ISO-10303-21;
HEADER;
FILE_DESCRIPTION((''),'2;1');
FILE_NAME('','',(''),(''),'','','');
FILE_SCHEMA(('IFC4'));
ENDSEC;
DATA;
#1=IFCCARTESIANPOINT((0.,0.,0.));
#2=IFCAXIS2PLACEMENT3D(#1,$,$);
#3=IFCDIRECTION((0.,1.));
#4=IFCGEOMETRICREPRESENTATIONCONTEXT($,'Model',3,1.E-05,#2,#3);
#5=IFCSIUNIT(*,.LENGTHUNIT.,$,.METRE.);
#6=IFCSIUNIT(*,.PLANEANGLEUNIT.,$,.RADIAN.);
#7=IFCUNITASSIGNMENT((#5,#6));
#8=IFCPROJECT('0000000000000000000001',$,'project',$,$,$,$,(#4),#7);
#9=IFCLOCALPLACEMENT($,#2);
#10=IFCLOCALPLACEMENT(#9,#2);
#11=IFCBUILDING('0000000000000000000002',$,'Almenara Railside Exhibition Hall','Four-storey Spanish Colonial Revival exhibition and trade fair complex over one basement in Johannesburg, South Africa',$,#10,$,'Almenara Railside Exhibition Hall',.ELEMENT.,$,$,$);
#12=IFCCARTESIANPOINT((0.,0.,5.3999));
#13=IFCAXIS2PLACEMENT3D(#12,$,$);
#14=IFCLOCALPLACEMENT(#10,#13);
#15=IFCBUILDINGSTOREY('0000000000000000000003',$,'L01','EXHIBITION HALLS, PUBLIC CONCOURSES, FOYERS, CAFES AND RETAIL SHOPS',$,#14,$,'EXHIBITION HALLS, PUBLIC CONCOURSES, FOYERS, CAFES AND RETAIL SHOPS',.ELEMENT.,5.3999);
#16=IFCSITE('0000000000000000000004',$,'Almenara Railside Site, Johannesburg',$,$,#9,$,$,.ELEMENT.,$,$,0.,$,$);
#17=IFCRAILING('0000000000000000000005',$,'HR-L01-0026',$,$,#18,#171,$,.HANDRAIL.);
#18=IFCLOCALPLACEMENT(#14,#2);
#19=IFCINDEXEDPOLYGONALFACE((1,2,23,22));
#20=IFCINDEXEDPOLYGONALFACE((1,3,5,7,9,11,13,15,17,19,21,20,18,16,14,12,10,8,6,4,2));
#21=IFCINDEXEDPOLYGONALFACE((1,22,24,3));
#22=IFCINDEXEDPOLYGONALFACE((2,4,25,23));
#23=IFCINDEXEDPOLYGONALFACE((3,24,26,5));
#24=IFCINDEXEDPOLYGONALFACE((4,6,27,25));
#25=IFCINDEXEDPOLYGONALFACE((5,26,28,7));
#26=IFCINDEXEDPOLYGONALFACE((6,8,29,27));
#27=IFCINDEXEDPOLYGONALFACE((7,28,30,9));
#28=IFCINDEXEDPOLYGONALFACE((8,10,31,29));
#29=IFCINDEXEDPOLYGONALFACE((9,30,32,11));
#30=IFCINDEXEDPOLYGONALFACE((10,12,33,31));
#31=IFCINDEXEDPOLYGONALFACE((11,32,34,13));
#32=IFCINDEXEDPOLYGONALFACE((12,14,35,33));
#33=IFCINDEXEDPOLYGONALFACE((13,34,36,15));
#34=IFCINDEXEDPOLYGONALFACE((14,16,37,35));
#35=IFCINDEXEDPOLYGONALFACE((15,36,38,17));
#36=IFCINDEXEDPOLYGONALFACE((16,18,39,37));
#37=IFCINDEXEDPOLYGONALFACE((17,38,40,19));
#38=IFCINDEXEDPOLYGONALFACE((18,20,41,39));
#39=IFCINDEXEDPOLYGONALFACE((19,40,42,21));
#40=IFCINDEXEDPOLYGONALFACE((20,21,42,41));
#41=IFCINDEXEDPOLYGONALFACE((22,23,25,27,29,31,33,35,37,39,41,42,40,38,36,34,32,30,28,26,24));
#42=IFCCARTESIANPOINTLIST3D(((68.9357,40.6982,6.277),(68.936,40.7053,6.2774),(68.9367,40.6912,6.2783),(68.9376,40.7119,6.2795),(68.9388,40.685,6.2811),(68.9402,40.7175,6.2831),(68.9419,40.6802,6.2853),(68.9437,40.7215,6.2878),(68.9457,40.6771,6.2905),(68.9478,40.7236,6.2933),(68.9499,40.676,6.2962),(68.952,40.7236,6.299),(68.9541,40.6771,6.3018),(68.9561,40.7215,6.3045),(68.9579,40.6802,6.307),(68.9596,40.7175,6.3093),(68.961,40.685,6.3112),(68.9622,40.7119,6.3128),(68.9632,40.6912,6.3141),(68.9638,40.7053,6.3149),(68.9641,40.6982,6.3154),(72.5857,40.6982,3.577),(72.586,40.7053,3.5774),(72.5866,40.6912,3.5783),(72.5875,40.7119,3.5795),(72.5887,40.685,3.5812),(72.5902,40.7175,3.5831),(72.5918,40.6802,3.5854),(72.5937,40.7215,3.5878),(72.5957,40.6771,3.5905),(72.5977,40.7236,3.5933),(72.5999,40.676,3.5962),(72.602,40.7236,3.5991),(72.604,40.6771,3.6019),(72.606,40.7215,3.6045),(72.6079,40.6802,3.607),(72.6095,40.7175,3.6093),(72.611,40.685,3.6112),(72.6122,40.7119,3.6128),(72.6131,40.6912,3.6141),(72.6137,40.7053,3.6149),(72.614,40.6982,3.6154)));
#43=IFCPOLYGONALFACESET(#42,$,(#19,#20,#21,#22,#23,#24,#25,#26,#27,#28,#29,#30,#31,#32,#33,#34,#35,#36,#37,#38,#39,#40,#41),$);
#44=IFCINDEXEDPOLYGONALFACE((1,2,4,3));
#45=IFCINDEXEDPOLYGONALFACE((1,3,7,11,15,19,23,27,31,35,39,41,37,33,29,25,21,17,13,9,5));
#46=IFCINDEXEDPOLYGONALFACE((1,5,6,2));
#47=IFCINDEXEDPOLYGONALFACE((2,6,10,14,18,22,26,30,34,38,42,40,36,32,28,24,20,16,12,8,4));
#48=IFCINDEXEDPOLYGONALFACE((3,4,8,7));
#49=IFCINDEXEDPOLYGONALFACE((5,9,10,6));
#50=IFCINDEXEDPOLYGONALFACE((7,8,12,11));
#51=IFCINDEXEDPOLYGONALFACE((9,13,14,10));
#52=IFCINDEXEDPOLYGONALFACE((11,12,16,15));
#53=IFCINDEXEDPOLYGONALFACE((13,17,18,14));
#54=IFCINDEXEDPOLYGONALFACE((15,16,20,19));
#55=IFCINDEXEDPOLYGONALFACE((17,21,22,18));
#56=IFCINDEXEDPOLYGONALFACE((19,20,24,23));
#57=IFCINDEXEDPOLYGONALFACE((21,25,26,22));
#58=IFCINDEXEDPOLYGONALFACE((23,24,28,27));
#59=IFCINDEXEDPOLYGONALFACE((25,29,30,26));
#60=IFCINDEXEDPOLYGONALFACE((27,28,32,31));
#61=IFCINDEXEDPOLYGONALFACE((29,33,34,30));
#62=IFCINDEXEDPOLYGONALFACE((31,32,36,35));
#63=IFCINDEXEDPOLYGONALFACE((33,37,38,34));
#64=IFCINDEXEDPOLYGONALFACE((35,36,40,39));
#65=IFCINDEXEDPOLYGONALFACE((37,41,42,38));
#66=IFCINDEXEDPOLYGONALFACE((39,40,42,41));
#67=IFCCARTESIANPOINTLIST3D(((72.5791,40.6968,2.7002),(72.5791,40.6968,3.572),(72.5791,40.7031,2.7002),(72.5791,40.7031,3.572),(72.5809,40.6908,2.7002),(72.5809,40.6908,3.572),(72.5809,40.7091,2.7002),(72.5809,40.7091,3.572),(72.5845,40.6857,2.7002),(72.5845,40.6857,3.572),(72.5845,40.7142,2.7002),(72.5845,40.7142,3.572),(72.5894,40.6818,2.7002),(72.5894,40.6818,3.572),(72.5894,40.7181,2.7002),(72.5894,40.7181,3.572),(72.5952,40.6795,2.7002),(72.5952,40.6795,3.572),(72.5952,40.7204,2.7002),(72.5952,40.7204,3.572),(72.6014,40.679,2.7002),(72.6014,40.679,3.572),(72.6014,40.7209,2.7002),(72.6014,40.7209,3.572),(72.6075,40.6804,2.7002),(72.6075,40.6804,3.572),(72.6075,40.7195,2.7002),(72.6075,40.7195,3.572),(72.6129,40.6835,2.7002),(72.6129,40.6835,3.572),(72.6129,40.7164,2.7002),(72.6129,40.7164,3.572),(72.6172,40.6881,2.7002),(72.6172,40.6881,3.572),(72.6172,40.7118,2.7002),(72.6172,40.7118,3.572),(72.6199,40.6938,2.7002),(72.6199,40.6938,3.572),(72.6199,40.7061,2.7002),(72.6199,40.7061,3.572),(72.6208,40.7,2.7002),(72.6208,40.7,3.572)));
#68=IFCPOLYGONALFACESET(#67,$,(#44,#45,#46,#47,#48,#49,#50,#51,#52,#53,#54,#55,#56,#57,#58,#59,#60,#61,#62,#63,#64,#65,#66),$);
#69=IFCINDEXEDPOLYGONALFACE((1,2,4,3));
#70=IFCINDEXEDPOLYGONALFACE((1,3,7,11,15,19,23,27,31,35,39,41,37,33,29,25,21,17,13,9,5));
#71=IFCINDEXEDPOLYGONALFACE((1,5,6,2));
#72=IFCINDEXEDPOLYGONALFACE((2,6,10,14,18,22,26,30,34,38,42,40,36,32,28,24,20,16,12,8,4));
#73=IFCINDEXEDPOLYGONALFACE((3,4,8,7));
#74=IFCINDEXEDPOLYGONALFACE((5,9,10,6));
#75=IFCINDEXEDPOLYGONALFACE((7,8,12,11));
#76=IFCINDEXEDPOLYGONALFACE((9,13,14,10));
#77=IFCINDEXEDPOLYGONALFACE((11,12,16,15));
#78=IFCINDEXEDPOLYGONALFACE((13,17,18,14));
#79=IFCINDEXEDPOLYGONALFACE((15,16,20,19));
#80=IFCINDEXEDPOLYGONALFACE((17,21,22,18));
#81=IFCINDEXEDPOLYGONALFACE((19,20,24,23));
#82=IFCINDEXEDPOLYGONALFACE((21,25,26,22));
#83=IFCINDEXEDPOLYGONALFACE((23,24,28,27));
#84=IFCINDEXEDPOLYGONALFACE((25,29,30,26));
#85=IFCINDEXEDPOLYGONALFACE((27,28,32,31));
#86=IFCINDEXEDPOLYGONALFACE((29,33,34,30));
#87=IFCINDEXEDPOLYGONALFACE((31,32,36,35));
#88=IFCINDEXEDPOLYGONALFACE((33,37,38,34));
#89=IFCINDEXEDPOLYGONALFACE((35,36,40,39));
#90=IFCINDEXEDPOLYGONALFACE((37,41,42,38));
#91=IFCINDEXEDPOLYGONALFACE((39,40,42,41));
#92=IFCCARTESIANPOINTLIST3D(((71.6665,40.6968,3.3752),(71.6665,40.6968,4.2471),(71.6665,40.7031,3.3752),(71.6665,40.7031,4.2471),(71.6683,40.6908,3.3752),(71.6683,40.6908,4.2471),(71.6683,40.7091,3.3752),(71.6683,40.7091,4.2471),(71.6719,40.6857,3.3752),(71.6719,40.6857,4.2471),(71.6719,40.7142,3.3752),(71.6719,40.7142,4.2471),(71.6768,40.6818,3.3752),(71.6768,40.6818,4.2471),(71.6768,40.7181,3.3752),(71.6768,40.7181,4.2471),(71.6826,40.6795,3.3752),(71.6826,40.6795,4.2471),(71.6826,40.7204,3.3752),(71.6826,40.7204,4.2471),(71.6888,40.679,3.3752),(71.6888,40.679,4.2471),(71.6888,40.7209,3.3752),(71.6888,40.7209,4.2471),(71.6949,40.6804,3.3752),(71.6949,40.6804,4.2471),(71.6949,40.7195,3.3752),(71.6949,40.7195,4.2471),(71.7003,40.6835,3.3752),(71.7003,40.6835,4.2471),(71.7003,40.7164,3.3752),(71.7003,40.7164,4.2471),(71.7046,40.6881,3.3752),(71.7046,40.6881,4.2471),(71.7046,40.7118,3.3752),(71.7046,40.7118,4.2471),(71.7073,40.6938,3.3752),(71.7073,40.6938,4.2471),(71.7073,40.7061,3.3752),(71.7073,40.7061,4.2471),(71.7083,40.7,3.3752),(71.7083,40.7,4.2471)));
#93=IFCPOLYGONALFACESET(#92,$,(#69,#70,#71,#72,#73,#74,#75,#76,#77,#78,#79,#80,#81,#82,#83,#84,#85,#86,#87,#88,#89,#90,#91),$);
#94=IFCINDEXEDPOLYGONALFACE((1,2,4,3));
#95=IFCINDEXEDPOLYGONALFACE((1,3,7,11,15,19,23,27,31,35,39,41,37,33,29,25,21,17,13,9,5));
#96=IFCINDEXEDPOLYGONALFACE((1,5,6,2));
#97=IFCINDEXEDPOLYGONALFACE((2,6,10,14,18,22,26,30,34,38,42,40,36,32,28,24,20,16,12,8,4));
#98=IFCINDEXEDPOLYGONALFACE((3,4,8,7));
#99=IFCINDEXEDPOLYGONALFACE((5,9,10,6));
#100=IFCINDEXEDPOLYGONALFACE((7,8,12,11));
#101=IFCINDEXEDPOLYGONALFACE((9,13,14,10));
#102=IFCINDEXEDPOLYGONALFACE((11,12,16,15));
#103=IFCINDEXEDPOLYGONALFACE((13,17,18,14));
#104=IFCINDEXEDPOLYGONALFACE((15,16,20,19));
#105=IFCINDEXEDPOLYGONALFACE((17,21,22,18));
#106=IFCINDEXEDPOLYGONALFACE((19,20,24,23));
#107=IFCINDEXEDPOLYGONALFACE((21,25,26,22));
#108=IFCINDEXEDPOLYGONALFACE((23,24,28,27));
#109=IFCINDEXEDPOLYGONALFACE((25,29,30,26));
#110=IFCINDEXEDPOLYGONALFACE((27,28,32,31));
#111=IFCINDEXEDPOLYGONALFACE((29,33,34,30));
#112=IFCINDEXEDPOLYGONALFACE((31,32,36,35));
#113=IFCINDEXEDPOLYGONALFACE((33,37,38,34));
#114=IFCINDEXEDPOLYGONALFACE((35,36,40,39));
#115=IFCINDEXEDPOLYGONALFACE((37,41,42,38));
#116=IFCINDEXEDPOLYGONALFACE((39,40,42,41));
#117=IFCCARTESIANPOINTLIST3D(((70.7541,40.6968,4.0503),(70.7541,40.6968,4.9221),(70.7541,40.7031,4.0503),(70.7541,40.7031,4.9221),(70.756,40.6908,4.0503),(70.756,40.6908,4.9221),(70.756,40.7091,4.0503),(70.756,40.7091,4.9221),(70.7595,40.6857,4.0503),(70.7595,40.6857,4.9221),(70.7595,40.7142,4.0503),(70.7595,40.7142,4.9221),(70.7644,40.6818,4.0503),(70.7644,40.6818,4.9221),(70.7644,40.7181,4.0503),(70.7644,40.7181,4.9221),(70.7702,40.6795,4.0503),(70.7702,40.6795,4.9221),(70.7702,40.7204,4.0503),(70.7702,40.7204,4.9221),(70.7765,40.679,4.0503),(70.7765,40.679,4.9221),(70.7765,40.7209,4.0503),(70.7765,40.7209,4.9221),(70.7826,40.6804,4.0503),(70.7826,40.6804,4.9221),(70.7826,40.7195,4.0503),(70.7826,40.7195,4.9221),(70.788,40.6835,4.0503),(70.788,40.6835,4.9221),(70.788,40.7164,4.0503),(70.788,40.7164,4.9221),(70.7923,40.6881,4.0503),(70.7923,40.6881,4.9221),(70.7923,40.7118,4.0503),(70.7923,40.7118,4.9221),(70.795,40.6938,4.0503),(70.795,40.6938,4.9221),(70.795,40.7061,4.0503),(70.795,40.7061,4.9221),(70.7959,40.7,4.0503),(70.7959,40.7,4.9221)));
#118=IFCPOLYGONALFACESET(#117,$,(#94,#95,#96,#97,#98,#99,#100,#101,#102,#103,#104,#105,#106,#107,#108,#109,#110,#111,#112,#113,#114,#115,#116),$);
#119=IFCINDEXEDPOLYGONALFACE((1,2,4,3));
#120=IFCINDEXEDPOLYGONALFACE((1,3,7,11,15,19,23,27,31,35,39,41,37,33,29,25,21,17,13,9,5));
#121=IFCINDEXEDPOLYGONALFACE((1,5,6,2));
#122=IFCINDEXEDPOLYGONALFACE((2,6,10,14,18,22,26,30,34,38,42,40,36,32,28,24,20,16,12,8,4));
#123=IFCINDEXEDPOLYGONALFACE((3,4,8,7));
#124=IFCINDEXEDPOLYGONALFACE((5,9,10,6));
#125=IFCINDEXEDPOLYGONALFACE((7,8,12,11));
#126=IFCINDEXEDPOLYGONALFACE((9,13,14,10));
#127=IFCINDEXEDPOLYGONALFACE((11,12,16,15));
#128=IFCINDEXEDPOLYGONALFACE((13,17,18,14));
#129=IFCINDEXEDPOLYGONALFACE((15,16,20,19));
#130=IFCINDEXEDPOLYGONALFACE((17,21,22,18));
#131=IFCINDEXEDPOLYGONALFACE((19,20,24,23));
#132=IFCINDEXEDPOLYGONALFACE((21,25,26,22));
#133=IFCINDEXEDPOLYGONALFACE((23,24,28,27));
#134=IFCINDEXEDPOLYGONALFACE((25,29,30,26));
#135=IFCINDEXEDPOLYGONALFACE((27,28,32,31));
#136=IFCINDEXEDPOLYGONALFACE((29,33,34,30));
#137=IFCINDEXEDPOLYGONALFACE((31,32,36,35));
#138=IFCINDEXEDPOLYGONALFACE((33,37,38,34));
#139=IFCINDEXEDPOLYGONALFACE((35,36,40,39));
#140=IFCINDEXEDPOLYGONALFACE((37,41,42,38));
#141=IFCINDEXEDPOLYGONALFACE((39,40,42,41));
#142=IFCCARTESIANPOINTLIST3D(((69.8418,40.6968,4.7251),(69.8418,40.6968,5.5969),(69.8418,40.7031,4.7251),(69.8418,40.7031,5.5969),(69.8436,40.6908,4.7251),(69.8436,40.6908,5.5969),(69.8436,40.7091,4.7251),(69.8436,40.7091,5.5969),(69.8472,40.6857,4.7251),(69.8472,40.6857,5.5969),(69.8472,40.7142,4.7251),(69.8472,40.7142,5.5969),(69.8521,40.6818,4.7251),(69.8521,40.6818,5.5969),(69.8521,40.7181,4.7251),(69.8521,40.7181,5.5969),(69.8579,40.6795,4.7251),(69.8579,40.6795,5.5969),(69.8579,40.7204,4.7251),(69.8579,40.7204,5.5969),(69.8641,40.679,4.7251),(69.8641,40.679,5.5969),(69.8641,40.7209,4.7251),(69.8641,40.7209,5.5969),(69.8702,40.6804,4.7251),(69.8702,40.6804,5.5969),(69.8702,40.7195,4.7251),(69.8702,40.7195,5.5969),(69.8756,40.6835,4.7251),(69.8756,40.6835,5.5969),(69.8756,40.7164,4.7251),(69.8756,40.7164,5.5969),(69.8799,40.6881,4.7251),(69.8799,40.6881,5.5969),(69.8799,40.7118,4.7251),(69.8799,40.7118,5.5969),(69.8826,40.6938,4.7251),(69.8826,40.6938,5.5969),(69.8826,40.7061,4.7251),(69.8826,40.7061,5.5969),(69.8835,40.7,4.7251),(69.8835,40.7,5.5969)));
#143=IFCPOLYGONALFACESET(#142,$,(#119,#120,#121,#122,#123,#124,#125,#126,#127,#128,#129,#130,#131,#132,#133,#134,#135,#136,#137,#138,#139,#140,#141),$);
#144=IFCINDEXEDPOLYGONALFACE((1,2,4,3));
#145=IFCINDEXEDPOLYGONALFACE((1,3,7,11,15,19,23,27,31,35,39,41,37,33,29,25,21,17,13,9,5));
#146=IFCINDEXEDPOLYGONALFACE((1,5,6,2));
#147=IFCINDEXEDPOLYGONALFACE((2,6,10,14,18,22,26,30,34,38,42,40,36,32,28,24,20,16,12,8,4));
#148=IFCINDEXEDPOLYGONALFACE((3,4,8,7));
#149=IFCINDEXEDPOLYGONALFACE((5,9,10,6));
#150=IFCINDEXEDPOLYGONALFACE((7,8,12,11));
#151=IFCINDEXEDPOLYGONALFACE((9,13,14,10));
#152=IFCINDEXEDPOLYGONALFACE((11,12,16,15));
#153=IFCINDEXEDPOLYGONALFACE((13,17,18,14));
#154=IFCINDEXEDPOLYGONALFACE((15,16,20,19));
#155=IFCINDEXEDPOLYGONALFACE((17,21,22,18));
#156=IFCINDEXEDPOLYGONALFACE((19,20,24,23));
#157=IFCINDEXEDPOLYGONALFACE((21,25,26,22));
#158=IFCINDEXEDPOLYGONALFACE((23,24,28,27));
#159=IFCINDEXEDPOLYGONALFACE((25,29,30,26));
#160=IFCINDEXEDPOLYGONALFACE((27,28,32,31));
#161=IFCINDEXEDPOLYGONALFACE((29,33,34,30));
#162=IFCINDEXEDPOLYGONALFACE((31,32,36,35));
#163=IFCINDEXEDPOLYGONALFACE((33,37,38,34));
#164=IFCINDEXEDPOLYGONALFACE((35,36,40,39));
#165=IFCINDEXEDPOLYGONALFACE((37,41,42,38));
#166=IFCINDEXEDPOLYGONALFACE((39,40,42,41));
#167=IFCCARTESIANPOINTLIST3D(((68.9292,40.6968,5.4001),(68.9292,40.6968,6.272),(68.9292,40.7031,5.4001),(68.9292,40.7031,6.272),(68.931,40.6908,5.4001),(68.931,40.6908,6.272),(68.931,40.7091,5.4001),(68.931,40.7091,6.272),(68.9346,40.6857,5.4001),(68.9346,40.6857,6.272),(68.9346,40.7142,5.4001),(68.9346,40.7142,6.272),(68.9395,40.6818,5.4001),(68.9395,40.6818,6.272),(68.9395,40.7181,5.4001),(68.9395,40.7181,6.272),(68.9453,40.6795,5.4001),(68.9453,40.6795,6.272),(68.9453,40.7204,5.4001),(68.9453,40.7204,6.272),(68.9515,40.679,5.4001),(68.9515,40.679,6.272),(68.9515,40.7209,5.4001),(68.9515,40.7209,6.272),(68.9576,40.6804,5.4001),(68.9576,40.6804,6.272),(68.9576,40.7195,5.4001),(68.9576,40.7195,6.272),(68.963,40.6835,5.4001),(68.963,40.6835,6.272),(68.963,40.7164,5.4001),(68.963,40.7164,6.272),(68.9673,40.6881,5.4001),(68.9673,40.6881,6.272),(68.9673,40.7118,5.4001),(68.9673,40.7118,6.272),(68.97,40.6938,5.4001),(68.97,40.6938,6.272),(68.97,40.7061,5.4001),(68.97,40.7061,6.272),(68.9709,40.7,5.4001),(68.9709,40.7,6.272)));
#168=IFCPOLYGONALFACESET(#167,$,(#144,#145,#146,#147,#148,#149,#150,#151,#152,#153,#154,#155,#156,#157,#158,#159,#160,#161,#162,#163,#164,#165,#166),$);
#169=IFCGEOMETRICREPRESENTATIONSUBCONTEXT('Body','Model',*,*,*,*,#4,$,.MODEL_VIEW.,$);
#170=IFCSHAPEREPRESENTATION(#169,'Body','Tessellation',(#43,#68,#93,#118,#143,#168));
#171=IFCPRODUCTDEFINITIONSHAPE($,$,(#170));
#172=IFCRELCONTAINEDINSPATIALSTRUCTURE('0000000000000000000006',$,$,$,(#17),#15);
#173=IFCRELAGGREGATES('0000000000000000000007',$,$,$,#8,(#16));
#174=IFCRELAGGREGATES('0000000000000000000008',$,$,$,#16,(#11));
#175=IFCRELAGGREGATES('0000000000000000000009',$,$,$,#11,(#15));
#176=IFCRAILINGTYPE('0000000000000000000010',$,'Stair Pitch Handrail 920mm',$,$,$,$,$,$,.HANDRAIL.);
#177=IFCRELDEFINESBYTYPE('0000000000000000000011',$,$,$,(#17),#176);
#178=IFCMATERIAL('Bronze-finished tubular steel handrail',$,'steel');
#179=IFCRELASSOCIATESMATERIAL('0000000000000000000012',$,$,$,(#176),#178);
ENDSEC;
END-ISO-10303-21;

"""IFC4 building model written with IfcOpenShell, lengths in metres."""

from ifc_helpers import new_model, si_unit, direction, frame, origin, origin_2d, place, context, subcontext, project, spatial, circle, extrude, material, type_object, element, save


model = new_model("IFC4")

# Units and contexts
model_context = context("Model", 3, precision=1e-05, world=origin(), true_north=direction((0.0, 1.0)))
body_context = subcontext(model_context, "Body", "Model", "MODEL_VIEW")
ifc_project = project(units=[si_unit("LENGTHUNIT", "METRE"), si_unit("PLANEANGLEUNIT", "RADIAN")], contexts=[model_context])

# Site, building, storey
site_placement = place(None, origin())
site = spatial("IfcSite", under=ifc_project, at=site_placement, Name="Almenara Railside Site, Johannesburg", CompositionType="ELEMENT", RefElevation=0.0)
building_placement = place(site_placement, origin())
building = spatial("IfcBuilding", under=site, at=building_placement, Name="Almenara Railside Exhibition Hall", Description="Four-storey Spanish Colonial Revival exhibition and trade fair complex over one basement in Johannesburg, South Africa", LongName="Almenara Railside Exhibition Hall", CompositionType="ELEMENT")
storey_placement = place(building_placement, frame((0.0, 0.0, 5.3999)))
storey = spatial("IfcBuildingStorey", under=building, at=storey_placement, Name="L01", Description="EXHIBITION HALLS, PUBLIC CONCOURSES, FOYERS, CAFES AND RETAIL SHOPS", LongName="EXHIBITION HALLS, PUBLIC CONCOURSES, FOYERS, CAFES AND RETAIL SHOPS", CompositionType="ELEMENT", Elevation=5.3999)

# Railing
ifc_material_1 = material(Name="Bronze-finished tubular steel handrail", Category="steel")
railing_type_1 = type_object("IfcRailingType", Name="Stair Pitch Handrail 920mm", PredefinedType="HANDRAIL", material=ifc_material_1)
railing_1_placement = place(storey_placement, frame((72.5999, 40.7, 2.7002)))
element("IfcRailing", 1, at=railing_1_placement, inside=storey, type_object=railing_type_1, Name="HR-L01-0026", PredefinedType="HANDRAIL", context=body_context, shape_type="SweptSolid", body=[
    extrude(circle(Radius=0.0239, at=origin_2d()), frame((0.0, 0.0, 0.896), z_axis=(-0.803945, 0.0, 0.594704), x_axis=(0.0, -1.0, 0.0)), (0.0, 0.0, 1.0), 4.54),
    extrude(circle(Radius=0.021, at=origin_2d()), origin(), (0.0, 0.0, 1.0), 0.8718),
    extrude(circle(Radius=0.021, at=origin_2d()), frame((-0.9126, 0.0, 0.675)), (0.0, 0.0, 1.0), 0.8718),
    extrude(circle(Radius=0.021, at=origin_2d()), frame((-1.825, 0.0, 1.3501)), (0.0, 0.0, 1.0), 0.8718),
    extrude(circle(Radius=0.021, at=origin_2d()), frame((-2.7373, 0.0, 2.0249)), (0.0, 0.0, 1.0), 0.8718),
    extrude(circle(Radius=0.021, at=origin_2d()), frame((-3.6499, 0.0, 2.7)), (0.0, 0.0, 1.0), 0.8718),
])

save(model, "model.ifc")
